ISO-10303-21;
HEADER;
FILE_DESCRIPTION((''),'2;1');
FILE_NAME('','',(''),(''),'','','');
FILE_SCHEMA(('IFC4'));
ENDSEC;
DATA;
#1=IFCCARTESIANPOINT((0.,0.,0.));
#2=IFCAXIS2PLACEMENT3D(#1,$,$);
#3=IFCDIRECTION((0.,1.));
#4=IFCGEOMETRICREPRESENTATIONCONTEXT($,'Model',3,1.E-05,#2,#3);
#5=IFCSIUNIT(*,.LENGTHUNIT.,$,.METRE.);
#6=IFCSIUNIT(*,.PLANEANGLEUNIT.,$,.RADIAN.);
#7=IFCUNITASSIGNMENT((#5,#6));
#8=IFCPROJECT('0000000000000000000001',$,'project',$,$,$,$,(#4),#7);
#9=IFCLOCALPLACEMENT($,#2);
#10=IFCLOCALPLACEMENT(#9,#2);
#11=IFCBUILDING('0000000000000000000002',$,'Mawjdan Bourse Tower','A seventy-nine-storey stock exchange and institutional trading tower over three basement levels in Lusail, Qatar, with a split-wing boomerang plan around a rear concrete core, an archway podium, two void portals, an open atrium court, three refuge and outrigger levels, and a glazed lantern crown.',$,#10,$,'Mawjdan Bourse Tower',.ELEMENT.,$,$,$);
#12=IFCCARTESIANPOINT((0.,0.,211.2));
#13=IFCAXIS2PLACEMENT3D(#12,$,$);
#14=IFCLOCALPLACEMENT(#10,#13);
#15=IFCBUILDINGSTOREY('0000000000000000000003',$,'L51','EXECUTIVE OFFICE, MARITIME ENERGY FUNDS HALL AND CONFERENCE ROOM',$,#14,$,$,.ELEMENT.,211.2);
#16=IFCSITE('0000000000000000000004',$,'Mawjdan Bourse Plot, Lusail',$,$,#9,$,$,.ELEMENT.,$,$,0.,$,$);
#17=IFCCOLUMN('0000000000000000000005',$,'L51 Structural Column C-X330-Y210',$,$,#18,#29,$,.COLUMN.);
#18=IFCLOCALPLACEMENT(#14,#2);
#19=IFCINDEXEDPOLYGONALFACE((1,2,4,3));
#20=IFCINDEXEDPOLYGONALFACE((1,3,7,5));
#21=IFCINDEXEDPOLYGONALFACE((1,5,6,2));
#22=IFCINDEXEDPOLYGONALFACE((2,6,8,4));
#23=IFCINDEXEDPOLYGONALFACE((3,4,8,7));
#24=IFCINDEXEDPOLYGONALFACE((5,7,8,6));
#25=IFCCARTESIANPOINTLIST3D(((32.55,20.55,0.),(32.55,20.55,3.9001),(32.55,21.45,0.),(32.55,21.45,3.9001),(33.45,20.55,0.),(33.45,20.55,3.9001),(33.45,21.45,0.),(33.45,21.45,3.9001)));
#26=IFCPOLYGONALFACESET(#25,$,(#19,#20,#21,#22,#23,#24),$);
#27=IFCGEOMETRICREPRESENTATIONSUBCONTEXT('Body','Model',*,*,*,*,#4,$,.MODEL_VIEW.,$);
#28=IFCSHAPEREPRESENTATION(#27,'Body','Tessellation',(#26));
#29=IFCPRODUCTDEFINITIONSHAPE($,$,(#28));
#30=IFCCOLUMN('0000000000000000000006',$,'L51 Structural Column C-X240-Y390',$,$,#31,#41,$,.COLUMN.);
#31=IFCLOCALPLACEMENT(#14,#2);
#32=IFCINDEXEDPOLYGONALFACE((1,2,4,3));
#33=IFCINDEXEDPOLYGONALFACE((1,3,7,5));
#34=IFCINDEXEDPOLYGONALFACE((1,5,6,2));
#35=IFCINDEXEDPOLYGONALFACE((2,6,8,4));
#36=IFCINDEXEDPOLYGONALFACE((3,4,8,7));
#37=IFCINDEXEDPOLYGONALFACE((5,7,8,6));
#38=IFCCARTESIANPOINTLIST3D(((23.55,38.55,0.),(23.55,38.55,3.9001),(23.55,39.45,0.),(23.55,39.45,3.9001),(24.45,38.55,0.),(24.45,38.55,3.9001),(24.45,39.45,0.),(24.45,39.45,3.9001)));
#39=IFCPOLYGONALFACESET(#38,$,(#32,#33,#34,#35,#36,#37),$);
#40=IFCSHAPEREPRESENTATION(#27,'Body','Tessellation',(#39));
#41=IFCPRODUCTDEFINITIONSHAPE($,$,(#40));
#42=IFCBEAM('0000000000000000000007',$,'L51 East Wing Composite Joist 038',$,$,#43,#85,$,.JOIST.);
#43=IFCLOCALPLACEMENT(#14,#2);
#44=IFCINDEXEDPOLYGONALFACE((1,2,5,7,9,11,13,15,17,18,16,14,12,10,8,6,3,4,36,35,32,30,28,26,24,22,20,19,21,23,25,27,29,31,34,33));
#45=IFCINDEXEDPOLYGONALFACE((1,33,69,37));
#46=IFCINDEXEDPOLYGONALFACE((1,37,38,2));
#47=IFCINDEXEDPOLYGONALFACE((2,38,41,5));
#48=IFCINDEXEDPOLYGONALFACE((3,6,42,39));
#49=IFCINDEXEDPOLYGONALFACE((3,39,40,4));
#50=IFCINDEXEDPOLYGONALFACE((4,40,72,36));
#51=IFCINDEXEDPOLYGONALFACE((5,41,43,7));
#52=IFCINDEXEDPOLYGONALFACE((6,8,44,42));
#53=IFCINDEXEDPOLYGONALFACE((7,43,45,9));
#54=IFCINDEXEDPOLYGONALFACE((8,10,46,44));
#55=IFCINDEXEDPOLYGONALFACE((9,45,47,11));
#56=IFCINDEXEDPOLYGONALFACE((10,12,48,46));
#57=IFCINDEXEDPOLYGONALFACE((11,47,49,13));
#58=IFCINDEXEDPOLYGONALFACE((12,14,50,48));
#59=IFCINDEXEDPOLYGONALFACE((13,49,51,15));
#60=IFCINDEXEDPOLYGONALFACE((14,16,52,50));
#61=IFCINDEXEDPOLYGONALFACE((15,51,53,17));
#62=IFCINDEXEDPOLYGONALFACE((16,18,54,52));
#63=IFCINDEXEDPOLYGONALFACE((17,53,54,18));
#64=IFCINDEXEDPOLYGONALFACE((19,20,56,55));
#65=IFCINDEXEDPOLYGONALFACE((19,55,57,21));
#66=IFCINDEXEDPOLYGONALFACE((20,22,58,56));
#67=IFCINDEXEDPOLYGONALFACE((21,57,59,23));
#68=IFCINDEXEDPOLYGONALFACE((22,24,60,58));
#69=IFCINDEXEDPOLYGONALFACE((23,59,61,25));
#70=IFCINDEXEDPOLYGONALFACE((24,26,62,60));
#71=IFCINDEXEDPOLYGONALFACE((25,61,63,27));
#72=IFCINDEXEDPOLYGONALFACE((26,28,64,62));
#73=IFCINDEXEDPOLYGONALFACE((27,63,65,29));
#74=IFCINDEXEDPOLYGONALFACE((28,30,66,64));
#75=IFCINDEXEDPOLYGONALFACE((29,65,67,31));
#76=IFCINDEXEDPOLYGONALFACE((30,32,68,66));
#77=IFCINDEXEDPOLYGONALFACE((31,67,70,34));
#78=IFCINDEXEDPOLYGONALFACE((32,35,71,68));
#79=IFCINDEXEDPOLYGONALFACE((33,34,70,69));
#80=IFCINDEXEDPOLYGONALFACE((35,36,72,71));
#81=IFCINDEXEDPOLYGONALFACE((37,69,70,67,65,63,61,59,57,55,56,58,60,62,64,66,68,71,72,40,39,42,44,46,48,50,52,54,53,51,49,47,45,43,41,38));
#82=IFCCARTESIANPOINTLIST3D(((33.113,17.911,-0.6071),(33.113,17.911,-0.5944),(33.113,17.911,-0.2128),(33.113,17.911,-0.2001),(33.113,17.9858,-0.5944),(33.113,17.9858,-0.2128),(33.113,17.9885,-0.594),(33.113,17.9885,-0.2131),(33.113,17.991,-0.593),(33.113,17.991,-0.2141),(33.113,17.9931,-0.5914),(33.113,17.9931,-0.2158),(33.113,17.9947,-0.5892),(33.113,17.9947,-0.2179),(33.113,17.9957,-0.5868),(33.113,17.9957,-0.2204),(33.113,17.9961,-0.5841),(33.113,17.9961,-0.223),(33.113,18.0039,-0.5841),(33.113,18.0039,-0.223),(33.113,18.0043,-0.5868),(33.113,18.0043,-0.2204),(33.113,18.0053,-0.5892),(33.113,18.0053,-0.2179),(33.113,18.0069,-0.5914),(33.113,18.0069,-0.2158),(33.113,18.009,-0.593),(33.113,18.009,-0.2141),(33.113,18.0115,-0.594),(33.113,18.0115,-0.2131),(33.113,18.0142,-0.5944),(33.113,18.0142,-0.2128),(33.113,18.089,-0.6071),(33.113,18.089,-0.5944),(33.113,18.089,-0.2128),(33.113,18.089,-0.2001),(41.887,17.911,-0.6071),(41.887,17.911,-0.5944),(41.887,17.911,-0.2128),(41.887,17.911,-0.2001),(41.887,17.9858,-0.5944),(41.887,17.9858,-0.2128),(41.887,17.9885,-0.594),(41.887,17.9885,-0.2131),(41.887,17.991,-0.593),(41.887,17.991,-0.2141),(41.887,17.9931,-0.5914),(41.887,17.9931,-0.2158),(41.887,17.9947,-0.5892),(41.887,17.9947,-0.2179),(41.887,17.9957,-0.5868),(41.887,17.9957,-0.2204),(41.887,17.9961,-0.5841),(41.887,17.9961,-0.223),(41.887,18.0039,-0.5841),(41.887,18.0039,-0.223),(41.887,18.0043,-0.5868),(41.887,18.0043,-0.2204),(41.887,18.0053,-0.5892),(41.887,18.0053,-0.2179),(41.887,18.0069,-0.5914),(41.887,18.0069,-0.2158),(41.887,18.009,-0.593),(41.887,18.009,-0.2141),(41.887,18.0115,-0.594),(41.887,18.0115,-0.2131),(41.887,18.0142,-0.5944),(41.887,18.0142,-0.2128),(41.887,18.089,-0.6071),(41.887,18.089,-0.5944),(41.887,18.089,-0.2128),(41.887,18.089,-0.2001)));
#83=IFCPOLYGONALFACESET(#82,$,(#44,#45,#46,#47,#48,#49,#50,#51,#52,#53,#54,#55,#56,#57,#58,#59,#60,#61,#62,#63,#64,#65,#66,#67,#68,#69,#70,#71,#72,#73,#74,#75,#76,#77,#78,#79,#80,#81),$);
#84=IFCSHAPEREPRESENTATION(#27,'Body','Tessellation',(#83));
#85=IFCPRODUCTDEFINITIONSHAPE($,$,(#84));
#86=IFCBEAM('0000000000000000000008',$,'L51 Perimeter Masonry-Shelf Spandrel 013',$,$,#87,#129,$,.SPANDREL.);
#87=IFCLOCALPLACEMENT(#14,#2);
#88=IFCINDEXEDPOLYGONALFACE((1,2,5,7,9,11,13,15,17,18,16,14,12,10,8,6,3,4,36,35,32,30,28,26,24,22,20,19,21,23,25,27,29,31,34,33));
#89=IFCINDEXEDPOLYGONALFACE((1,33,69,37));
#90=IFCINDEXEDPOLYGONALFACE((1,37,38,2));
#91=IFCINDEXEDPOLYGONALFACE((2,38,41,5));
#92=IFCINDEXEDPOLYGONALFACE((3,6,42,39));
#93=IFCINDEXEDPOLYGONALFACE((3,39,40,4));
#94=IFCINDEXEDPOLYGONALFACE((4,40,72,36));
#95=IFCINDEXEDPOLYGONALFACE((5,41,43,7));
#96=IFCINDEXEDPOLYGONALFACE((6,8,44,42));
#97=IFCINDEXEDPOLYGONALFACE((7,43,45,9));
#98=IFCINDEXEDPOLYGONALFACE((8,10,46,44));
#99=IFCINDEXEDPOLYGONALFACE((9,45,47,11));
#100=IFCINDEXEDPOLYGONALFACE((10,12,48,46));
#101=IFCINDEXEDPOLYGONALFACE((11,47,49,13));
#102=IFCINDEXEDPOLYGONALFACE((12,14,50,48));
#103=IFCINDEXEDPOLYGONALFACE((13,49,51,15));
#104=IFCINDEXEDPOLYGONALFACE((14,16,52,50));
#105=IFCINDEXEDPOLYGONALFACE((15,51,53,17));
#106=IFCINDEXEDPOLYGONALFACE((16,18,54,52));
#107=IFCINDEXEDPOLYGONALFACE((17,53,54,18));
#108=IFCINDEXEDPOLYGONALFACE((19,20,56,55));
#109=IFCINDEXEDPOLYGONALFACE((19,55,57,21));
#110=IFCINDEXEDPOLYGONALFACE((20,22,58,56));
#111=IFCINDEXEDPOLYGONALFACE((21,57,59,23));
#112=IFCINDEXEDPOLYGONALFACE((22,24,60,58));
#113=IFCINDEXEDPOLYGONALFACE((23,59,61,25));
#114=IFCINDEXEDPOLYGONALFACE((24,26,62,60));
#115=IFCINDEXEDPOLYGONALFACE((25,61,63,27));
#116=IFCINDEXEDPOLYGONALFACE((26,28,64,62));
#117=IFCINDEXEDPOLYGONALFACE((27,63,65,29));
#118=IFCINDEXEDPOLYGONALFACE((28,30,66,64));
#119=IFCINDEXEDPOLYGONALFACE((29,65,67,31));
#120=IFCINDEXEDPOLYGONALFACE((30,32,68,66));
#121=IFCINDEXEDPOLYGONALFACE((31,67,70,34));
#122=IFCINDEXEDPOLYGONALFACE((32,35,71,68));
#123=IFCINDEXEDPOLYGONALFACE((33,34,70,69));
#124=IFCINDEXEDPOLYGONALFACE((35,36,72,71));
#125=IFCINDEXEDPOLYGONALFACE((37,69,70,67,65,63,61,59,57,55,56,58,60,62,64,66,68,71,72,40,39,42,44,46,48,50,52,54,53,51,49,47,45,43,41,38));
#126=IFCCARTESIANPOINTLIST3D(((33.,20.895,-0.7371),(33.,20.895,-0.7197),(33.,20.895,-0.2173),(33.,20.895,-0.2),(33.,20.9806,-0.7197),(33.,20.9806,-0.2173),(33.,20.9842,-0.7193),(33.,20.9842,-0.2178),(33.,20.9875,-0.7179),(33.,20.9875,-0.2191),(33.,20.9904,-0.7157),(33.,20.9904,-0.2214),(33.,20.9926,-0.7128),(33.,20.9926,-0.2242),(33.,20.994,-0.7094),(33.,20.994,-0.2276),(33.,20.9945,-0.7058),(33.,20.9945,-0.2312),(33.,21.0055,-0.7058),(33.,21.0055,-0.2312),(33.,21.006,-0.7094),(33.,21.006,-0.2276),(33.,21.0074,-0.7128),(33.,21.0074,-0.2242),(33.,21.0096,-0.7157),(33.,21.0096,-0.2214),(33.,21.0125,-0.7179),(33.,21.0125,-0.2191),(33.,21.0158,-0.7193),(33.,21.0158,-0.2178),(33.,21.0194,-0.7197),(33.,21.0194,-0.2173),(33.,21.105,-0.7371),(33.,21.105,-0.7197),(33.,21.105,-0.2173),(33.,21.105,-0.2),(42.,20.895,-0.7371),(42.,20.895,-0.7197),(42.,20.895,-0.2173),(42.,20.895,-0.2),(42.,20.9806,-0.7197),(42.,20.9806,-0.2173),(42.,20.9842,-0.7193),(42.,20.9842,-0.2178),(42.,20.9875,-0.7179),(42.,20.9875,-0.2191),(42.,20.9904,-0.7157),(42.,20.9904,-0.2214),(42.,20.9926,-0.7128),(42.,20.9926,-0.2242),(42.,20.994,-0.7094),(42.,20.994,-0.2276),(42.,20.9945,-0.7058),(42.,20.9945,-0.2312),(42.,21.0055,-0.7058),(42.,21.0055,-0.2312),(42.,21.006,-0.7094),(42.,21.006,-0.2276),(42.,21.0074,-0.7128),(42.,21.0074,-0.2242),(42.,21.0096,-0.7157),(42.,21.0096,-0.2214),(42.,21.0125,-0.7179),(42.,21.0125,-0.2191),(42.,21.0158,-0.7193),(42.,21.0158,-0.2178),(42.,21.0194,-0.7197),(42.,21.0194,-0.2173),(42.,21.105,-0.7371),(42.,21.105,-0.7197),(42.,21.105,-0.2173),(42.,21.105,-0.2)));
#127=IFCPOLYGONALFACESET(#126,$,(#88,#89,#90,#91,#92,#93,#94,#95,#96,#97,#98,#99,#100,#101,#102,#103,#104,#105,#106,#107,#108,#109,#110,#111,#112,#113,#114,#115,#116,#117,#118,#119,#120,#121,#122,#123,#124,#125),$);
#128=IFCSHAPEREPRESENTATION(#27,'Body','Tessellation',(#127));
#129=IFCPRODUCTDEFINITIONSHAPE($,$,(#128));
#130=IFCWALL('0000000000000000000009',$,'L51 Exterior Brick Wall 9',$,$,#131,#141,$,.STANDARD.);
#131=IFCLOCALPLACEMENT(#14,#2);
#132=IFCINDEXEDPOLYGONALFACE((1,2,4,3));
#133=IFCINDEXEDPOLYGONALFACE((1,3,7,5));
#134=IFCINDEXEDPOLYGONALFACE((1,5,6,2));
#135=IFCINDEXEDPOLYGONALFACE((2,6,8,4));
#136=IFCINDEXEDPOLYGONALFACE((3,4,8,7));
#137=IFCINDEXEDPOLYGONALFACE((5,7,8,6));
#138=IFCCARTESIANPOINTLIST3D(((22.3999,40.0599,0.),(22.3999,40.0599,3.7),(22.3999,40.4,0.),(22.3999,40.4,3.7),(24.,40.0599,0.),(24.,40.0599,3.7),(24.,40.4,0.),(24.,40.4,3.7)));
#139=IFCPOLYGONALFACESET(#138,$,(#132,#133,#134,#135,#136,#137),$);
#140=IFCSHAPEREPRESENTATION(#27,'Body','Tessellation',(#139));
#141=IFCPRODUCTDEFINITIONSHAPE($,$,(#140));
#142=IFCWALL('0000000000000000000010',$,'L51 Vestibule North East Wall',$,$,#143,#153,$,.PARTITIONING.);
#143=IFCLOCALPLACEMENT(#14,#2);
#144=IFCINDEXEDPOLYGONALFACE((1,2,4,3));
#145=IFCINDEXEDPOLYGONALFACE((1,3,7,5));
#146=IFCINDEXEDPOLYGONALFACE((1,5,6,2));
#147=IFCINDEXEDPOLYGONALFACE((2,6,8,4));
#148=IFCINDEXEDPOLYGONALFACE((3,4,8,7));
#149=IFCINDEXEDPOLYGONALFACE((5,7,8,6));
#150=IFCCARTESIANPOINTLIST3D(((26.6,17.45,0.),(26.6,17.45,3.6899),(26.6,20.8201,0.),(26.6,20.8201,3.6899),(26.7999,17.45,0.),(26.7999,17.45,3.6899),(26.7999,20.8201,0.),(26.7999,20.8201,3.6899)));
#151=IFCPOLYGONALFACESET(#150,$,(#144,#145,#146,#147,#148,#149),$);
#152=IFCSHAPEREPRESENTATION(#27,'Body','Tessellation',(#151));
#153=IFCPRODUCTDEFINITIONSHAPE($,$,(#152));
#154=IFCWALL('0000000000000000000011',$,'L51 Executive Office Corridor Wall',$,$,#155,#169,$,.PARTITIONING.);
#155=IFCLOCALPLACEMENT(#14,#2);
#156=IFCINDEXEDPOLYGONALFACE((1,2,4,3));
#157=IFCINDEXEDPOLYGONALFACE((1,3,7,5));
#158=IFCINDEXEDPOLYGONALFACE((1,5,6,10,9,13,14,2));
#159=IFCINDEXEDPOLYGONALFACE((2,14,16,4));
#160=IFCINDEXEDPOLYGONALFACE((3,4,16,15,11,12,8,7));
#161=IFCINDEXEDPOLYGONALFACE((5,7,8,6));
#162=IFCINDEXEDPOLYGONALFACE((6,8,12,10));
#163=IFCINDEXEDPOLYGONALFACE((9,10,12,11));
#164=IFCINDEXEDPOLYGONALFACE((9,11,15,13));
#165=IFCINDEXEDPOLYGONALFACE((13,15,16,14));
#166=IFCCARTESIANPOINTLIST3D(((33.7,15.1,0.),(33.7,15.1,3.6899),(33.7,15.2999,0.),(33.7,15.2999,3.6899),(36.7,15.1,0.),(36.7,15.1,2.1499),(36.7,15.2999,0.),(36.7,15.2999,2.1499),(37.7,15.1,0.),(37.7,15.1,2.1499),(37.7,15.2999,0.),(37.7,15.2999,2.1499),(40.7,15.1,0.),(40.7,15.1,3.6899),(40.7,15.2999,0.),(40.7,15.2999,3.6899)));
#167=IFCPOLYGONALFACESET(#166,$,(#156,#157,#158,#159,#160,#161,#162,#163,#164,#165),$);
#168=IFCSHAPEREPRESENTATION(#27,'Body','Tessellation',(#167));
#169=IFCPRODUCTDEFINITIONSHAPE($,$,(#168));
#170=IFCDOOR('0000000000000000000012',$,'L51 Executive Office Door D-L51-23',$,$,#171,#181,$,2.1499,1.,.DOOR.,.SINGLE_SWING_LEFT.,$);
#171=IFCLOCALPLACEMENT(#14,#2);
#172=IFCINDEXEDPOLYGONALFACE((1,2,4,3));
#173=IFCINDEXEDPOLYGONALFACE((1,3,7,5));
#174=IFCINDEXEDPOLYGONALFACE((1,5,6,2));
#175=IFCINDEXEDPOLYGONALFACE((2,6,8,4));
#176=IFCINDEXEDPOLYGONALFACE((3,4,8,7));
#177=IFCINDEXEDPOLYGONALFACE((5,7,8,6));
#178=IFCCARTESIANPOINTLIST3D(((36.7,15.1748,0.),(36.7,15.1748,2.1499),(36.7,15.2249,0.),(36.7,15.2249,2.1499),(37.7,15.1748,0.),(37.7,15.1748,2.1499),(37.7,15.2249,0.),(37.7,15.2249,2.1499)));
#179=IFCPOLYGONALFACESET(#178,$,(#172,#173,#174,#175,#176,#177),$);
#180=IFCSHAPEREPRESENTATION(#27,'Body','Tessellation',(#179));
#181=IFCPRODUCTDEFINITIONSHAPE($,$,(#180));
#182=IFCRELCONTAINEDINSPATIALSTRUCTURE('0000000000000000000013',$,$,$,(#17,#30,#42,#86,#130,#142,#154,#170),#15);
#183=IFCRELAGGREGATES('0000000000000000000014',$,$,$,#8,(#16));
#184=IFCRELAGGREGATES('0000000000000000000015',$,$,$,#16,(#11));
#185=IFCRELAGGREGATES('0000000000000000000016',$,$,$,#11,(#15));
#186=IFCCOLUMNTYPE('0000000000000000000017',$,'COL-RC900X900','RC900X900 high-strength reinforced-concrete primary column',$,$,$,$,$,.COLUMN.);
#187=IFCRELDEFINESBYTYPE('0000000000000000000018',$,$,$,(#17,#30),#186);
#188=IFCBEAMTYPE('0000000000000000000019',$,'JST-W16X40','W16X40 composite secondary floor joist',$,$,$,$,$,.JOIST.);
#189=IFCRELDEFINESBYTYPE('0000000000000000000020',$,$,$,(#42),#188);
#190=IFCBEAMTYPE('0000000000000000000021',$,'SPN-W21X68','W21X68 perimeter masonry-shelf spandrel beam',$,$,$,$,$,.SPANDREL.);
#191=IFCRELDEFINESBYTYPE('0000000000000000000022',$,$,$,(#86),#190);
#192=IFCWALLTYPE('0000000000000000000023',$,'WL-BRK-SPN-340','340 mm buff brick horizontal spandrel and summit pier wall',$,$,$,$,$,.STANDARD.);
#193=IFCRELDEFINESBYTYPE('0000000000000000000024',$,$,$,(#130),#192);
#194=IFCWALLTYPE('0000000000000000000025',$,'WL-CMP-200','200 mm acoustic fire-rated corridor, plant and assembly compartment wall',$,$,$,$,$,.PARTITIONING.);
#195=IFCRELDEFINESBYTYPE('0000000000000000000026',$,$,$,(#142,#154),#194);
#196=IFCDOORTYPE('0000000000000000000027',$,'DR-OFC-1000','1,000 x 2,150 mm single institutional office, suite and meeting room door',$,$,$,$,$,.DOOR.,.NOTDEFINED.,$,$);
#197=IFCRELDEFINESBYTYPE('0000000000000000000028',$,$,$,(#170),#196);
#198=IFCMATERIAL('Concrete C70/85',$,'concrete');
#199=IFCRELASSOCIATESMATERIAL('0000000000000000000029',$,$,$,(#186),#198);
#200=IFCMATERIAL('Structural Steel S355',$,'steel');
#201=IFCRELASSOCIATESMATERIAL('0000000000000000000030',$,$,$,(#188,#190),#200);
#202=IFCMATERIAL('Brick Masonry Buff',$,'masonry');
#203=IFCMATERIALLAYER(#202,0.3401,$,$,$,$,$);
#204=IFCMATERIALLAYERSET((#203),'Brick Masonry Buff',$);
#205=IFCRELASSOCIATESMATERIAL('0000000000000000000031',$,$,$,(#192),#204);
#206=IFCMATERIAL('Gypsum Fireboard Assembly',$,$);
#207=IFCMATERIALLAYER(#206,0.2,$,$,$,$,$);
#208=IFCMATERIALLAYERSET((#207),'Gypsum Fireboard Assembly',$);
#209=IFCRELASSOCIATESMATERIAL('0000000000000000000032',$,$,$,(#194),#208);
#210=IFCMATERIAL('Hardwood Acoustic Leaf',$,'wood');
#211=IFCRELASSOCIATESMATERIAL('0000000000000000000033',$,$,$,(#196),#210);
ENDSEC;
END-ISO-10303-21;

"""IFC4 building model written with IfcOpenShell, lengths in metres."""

from ifc_helpers import new_model, si_unit, direction, frame, frame_2d, origin, origin_2d, place, context, subcontext, project, spatial, rectangle, i_section, extrude, material, layer, layer_set, material_profile, profile_set, type_object, element, fill, save


model = new_model("IFC4")

# Units and contexts
model_context = context("Model", 3, precision=1e-05, world=origin(), true_north=direction((0.0, 1.0)))
body_context = subcontext(model_context, "Body", "Model", "MODEL_VIEW")
ifc_project = project(units=[si_unit("LENGTHUNIT", "METRE"), si_unit("PLANEANGLEUNIT", "RADIAN")], contexts=[model_context])

# Site, building, storey
site_placement = place(None, origin())
site = spatial("IfcSite", under=ifc_project, at=site_placement, Name="Mawjdan Bourse Plot, Lusail", CompositionType="ELEMENT", RefElevation=0.0)
building_placement = place(site_placement, origin())
building = spatial("IfcBuilding", under=site, at=building_placement, Name="Mawjdan Bourse Tower", Description="A seventy-nine-storey stock exchange and institutional trading tower over three basement levels in Lusail, Qatar, with a split-wing boomerang plan around a rear concrete core, an archway podium, two void portals, an open atrium court, three refuge and outrigger levels, and a glazed lantern crown.", LongName="Mawjdan Bourse Tower", CompositionType="ELEMENT")
storey_placement = place(building_placement, frame((0.0, 0.0, 211.2)))
storey = spatial("IfcBuildingStorey", under=building, at=storey_placement, Name="L51", Description="EXECUTIVE OFFICE, MARITIME ENERGY FUNDS HALL AND CONFERENCE ROOM", CompositionType="ELEMENT", Elevation=211.2)

# Columns
ifc_material_1 = material(Name="Concrete C70/85", Category="concrete")
ifc_material_profile_1 = material_profile(ifc_material_1, rectangle(XDim=0.8999, YDim=0.8999, at=origin_2d()), Name="RC900X900")
ifc_profile_set_1 = profile_set([ifc_material_profile_1], Name="Concrete C70/85")
column_type = type_object("IfcColumnType", Name="COL-RC900X900", Description="RC900X900 high-strength reinforced-concrete primary column", PredefinedType="COLUMN", material=ifc_profile_set_1)
for number, where, z_axis, x_axis, name in (
    (1, (33.0, 21.0, 0.0), (0.0, 0.0, 1.0), (1.0, 0.0, 0.0), "L51 Structural Column C-X330-Y210"),
    (2, (24.0, 39.0, 0.0), (0.0, 0.0, 1.0), (1.0, 0.0, 0.0), "L51 Structural Column C-X240-Y390"),
):
    element("IfcColumn", number, at=place(storey_placement, frame(where, z_axis=z_axis, x_axis=x_axis)), inside=storey, type_object=column_type, Name=name, PredefinedType="COLUMN", context=body_context, shape_type="SweptSolid", body=[
        extrude(rectangle(XDim=0.8999, YDim=0.8999, at=origin_2d()), origin(), (0.0, 0.0, 1.0), 3.9001),
    ])

# Beams
ifc_material_2 = material(Name="Structural Steel S355", Category="steel")
ifc_material_profile_2 = material_profile(ifc_material_2, i_section(OverallWidth=0.178, OverallDepth=0.407, WebThickness=0.0078, FlangeThickness=0.0127, FilletRadius=0.0103, at=origin_2d()), Name="W16X40")
ifc_profile_set_2 = profile_set([ifc_material_profile_2], Name="Structural Steel S355")
beam_type_1 = type_object("IfcBeamType", Name="JST-W16X40", Description="W16X40 composite secondary floor joist", PredefinedType="JOIST", material=ifc_profile_set_2)
beam_1_placement = place(storey_placement, frame((33.113, 18.0, -0.4036), z_axis=(1.0, 0.0, 0.0), x_axis=(0.0, 1.0, 0.0)))
element("IfcBeam", 3, at=beam_1_placement, inside=storey, type_object=beam_type_1, Name="L51 East Wing Composite Joist 038", PredefinedType="JOIST", context=body_context, shape_type="SweptSolid", body=[
    extrude(i_section(OverallWidth=0.178, OverallDepth=0.407, WebThickness=0.0078, FlangeThickness=0.0127, FilletRadius=0.0103, at=origin_2d()), origin(), (0.0, 0.0, 1.0), 8.7739),
])
ifc_material_profile_3 = material_profile(ifc_material_2, i_section(OverallWidth=0.21, OverallDepth=0.5371, WebThickness=0.011, FlangeThickness=0.0173, FilletRadius=0.0139, at=origin_2d()), Name="W21X68")
ifc_profile_set_3 = profile_set([ifc_material_profile_3], Name="Structural Steel S355")
beam_type_2 = type_object("IfcBeamType", Name="SPN-W21X68", Description="W21X68 perimeter masonry-shelf spandrel beam", PredefinedType="SPANDREL", material=ifc_profile_set_3)
beam_2_placement = place(storey_placement, frame((33.0, 21.0, -0.4685), z_axis=(1.0, 0.0, 0.0), x_axis=(0.0, 1.0, 0.0)))
element("IfcBeam", 4, at=beam_2_placement, inside=storey, type_object=beam_type_2, Name="L51 Perimeter Masonry-Shelf Spandrel 013", PredefinedType="SPANDREL", context=body_context, shape_type="SweptSolid", body=[
    extrude(i_section(OverallWidth=0.21, OverallDepth=0.5371, WebThickness=0.011, FlangeThickness=0.0173, FilletRadius=0.0139, at=origin_2d()), origin(), (0.0, 0.0, 1.0), 9.0),
])

# Walls
ifc_material_3 = material(Name="Brick Masonry Buff", Category="masonry")
ifc_layer_1 = layer(ifc_material_3, 0.3401)
ifc_layer_set_1 = layer_set([ifc_layer_1], Name="Brick Masonry Buff")
wall_type_1 = type_object("IfcWallType", Name="WL-BRK-SPN-340", Description="340 mm buff brick horizontal spandrel and summit pier wall", PredefinedType="STANDARD", material=ifc_layer_set_1)
wall_1_placement = place(storey_placement, frame((24.0, 40.23, 0.0), z_axis=(0.0, 0.0, 1.0), x_axis=(-1.0, 0.0, 0.0)))
element("IfcWall", 5, at=wall_1_placement, inside=storey, type_object=wall_type_1, Name="L51 Exterior Brick Wall 9", PredefinedType="STANDARD", context=body_context, shape_type="SweptSolid", body=[
    extrude(rectangle(XDim=1.6001, YDim=0.3401, at=frame_2d((0.8, 0.0))), origin(), (0.0, 0.0, 1.0), 3.7),
])
ifc_material_4 = material(Name="Gypsum Fireboard Assembly")
ifc_layer_2 = layer(ifc_material_4, 0.2)
ifc_layer_set_2 = layer_set([ifc_layer_2], Name="Gypsum Fireboard Assembly")
wall_type_2 = type_object("IfcWallType", Name="WL-CMP-200", Description="200 mm acoustic fire-rated corridor, plant and assembly compartment wall", PredefinedType="PARTITIONING", material=ifc_layer_set_2)
wall_2_placement = place(storey_placement, frame((26.7, 17.45, 0.0), z_axis=(0.0, 0.0, 1.0), x_axis=(0.0, 1.0, 0.0)))
element("IfcWall", 6, at=wall_2_placement, inside=storey, type_object=wall_type_2, Name="L51 Vestibule North East Wall", PredefinedType="PARTITIONING", context=body_context, shape_type="SweptSolid", body=[
    extrude(rectangle(XDim=3.3701, YDim=0.2, at=frame_2d((1.6851, 0.0))), origin(), (0.0, 0.0, 1.0), 3.6899),
])

# Wall, opening, door
wall_3_placement = place(storey_placement, frame((33.7, 15.2, 0.0), z_axis=(0.0, 0.0, 1.0), x_axis=(1.0, 0.0, 0.0)))
wall_3 = element("IfcWall", 7, at=wall_3_placement, inside=storey, type_object=wall_type_2, Name="L51 Executive Office Corridor Wall", PredefinedType="PARTITIONING", context=body_context, shape_type="SweptSolid", body=[
    extrude(rectangle(XDim=7.0, YDim=0.2, at=frame_2d((3.5, 0.0))), origin(), (0.0, 0.0, 1.0), 3.6899),
])
opening_1_placement = place(wall_3_placement, frame((3.0, 0.0, 0.0)))
opening_1 = element("IfcOpeningElement", 8, at=opening_1_placement, cuts=wall_3, PredefinedType="OPENING", context=body_context, shape_type="SweptSolid", body=[
    extrude(rectangle(XDim=1.0, YDim=2.1499, at=frame_2d((0.5, 1.075))), frame((0.0, 0.1099, 0.0), z_axis=(0.0, -1.0, 0.0), x_axis=(1.0, 0.0, 0.0)), (0.0, 0.0, 1.0), 0.22),
])
ifc_material_5 = material(Name="Hardwood Acoustic Leaf", Category="wood")
door_type_1 = type_object("IfcDoorType", Name="DR-OFC-1000", Description="1,000 x 2,150 mm single institutional office, suite and meeting room door", OperationType="NOTDEFINED", PredefinedType="DOOR", material=ifc_material_5)
door_1_placement = place(opening_1_placement, origin())
door_1 = element("IfcDoor", 9, at=door_1_placement, inside=storey, type_object=door_type_1, Name="L51 Executive Office Door D-L51-23", OperationType="SINGLE_SWING_LEFT", OverallHeight=2.1499, OverallWidth=1.0, PredefinedType="DOOR", context=body_context, shape_type="SweptSolid", body=[
    extrude(rectangle(XDim=1.0, YDim=2.1499, at=frame_2d((0.5, 1.075))), frame((0.0, 0.0249, 0.0), z_axis=(0.0, -1.0, 0.0), x_axis=(1.0, 0.0, 0.0)), (0.0, 0.0, 1.0), 0.05),
])
fill(opening_1, door_1)

save(model, "model.ifc")
